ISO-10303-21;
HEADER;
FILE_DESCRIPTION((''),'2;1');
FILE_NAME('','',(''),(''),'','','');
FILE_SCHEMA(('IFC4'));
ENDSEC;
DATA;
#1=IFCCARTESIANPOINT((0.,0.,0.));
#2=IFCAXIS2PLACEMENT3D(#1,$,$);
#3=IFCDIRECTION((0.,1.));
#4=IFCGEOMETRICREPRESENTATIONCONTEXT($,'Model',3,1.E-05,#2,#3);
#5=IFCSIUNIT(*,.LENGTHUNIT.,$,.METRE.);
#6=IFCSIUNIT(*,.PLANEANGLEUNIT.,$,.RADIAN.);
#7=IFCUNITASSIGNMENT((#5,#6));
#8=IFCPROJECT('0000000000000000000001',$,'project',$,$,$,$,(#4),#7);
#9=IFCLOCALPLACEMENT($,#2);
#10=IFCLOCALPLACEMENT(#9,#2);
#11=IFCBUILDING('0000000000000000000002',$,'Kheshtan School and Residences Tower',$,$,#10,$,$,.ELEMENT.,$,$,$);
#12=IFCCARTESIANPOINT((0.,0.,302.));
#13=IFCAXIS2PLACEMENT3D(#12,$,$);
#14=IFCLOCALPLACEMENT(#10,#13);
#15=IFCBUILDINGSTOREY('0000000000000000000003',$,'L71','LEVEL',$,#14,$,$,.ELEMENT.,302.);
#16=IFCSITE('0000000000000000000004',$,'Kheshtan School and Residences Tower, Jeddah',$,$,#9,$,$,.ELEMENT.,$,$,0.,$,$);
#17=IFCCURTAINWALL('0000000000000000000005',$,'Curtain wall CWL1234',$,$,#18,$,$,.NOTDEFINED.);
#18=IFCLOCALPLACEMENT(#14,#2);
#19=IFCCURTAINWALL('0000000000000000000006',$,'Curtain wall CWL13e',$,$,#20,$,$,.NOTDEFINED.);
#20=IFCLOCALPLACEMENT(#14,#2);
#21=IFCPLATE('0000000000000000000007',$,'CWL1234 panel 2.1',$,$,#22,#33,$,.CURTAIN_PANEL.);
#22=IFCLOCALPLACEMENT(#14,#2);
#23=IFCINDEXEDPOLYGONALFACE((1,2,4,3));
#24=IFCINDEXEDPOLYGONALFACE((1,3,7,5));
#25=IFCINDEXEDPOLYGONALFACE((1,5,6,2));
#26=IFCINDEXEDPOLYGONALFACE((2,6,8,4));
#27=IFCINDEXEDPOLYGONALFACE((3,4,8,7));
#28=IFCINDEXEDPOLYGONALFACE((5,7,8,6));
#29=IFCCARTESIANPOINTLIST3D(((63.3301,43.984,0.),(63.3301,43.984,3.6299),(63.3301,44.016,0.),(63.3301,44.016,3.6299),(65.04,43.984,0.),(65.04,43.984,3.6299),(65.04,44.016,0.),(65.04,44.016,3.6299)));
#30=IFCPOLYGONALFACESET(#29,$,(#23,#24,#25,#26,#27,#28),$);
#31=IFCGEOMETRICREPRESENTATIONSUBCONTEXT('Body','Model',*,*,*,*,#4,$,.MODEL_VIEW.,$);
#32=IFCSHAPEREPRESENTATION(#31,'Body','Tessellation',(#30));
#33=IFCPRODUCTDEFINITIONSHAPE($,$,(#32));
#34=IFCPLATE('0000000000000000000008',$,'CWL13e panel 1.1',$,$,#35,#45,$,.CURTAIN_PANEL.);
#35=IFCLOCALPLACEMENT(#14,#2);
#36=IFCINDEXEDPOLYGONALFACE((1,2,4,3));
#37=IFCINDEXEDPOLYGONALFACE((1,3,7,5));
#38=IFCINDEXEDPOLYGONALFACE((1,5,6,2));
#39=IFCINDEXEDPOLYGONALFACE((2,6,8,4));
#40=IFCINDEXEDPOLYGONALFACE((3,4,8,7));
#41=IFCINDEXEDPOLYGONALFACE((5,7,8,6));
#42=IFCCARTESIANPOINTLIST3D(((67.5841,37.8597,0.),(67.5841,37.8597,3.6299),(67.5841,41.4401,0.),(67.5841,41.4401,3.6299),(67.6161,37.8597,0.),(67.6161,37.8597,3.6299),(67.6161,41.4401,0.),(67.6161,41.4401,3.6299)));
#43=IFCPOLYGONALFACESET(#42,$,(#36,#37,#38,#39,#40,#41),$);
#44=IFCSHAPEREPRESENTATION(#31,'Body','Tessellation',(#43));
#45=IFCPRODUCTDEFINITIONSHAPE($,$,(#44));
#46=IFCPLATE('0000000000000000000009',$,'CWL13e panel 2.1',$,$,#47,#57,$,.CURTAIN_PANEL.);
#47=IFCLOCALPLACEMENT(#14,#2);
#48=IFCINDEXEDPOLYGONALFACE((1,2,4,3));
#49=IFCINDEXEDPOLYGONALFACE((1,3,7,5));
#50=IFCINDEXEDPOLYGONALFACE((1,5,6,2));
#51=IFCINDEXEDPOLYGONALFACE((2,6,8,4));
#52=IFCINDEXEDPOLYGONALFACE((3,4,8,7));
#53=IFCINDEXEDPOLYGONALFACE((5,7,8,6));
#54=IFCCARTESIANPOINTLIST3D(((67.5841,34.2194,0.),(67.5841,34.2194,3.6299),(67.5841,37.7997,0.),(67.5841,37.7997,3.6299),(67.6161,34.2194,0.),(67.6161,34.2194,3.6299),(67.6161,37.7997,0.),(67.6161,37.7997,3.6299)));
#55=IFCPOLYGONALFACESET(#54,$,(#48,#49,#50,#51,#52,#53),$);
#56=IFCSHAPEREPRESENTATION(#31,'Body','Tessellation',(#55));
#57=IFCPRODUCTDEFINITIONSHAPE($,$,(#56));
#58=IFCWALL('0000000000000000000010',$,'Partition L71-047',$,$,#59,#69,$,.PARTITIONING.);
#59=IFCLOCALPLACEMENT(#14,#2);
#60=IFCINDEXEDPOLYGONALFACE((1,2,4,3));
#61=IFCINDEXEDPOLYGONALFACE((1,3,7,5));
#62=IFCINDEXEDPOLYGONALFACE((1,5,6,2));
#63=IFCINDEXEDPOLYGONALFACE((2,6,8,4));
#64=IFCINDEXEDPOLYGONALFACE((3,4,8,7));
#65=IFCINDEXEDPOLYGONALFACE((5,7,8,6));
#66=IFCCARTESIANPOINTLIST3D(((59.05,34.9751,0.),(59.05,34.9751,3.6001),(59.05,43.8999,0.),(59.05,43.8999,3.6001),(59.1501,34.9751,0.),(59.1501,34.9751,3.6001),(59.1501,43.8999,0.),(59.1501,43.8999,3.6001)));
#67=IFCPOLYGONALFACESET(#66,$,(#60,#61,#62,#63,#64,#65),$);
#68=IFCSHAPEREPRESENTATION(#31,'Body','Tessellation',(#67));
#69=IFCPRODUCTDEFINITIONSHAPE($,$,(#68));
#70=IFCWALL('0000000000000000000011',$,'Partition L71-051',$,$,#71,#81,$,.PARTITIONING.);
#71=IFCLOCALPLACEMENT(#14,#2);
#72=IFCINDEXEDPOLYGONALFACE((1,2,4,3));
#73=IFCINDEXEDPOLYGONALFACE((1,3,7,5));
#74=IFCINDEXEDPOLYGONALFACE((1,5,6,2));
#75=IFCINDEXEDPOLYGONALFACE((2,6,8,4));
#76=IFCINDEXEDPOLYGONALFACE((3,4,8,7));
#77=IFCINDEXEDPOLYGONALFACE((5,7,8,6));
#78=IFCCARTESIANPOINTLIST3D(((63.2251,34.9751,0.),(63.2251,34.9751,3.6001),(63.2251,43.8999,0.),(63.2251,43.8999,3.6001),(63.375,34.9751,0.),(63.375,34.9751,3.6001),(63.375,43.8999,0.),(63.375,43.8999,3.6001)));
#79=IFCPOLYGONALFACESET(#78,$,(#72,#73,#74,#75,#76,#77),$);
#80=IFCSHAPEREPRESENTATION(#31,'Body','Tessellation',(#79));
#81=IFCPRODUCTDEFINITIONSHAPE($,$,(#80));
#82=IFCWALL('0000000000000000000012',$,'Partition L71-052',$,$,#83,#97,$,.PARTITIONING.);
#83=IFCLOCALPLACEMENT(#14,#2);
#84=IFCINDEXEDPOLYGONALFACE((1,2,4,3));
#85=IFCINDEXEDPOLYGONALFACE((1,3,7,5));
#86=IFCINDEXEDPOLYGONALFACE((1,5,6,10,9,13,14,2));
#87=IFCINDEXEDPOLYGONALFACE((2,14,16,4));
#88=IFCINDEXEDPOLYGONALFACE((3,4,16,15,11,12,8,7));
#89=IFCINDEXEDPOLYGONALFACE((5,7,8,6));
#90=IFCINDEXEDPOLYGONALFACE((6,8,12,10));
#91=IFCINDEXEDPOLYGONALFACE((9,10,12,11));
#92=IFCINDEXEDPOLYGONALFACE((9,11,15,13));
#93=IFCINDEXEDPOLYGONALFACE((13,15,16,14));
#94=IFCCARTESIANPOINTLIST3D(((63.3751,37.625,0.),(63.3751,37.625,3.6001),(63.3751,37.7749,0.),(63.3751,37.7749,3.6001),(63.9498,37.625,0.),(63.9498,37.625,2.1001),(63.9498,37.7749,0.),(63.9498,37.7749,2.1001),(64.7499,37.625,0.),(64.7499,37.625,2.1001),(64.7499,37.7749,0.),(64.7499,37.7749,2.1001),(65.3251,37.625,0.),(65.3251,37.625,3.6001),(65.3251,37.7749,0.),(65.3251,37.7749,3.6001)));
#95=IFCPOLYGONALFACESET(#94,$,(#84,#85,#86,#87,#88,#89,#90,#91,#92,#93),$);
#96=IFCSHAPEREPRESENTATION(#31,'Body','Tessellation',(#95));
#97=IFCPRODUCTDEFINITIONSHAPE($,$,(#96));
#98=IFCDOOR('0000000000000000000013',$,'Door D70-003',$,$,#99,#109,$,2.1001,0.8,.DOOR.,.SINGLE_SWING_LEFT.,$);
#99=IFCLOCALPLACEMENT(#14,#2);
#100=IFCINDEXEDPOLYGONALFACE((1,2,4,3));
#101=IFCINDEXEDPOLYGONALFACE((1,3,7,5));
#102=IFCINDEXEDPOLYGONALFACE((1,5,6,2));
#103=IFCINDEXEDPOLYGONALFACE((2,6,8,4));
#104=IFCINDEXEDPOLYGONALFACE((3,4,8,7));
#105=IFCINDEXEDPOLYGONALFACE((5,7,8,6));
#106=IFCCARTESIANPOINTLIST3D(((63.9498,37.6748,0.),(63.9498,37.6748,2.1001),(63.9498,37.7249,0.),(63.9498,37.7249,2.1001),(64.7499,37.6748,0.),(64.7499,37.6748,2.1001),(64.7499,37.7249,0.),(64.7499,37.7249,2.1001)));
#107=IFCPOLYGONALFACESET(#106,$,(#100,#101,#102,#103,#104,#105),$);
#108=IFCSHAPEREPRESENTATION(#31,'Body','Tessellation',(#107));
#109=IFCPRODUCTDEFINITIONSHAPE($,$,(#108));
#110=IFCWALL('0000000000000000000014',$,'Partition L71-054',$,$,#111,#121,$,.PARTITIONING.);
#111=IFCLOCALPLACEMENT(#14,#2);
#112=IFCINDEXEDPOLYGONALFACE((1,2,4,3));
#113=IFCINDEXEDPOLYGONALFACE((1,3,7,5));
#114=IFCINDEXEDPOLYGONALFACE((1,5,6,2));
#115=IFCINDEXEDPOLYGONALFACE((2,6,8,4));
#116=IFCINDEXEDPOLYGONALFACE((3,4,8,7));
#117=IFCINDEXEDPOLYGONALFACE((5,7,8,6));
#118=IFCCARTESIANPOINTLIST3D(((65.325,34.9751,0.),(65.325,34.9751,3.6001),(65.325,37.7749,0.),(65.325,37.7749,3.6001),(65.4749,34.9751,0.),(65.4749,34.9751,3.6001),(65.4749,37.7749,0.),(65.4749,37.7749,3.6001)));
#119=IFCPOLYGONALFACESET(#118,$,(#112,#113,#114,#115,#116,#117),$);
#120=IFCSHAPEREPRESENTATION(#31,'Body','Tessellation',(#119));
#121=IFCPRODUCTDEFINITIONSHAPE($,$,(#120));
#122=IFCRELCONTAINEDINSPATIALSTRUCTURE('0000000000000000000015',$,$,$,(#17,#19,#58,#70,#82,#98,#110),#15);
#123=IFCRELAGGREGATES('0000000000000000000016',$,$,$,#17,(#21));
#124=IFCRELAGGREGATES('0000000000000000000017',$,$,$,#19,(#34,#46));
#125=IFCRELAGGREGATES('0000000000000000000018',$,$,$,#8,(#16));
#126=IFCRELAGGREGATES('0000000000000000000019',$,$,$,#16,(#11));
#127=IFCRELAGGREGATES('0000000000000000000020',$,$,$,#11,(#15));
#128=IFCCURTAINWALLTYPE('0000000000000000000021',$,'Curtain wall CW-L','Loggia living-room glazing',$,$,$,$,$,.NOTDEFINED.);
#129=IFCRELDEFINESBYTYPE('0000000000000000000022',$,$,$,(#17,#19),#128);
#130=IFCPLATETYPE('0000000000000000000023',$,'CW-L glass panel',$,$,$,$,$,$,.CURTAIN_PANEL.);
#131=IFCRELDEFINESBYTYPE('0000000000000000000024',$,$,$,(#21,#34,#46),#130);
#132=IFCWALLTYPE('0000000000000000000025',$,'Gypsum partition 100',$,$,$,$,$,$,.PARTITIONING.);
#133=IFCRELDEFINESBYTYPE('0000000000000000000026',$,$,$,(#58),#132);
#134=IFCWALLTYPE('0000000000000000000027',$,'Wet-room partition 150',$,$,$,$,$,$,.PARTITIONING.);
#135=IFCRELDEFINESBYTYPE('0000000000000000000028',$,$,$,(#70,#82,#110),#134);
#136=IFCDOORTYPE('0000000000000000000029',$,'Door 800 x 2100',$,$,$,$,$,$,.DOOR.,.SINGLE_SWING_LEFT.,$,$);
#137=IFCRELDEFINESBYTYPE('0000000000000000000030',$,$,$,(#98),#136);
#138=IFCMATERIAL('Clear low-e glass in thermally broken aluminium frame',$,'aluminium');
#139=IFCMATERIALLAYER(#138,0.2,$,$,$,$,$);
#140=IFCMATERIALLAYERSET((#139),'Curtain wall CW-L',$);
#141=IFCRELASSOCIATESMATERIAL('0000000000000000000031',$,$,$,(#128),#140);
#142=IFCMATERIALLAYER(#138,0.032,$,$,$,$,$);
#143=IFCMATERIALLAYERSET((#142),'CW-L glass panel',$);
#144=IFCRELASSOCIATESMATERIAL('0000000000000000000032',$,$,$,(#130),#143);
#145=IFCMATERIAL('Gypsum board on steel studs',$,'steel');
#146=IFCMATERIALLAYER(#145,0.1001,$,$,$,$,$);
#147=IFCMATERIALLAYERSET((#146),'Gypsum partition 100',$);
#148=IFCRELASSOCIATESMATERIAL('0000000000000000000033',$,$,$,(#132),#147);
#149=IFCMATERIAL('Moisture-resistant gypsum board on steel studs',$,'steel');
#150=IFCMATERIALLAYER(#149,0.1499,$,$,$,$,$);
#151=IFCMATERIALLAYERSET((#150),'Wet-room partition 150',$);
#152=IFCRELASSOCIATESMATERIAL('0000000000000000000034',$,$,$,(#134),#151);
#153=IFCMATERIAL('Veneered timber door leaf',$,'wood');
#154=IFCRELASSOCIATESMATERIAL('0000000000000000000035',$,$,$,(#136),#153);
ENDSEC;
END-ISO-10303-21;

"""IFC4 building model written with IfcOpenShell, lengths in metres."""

from ifc_helpers import new_model, si_unit, direction, frame, frame_2d, origin, origin_2d, place, context, subcontext, project, spatial, rectangle, extrude, source, transform, mapped, material, layer, layer_set, type_object, element, fill, aggregate, save


model = new_model("IFC4")

# Units and contexts
model_context = context("Model", 3, precision=1e-05, world=origin(), true_north=direction((0.0, 1.0)))
body_context = subcontext(model_context, "Body", "Model", "MODEL_VIEW")
ifc_project = project(units=[si_unit("LENGTHUNIT", "METRE"), si_unit("PLANEANGLEUNIT", "RADIAN")], contexts=[model_context])

# Site, building, storey
site_placement = place(None, origin())
site = spatial("IfcSite", under=ifc_project, at=site_placement, Name="Kheshtan School and Residences Tower, Jeddah", CompositionType="ELEMENT", RefElevation=0.0)
building_placement = place(site_placement, origin())
building = spatial("IfcBuilding", under=site, at=building_placement, Name="Kheshtan School and Residences Tower", CompositionType="ELEMENT")
storey_placement = place(building_placement, frame((0.0, 0.0, 302.0)))
storey = spatial("IfcBuildingStorey", under=building, at=storey_placement, Name="L71", Description="LEVEL", CompositionType="ELEMENT", Elevation=302.0)

# Curtain walls
ifc_material_1 = material(Name="Clear low-e glass in thermally broken aluminium frame", Category="aluminium")
ifc_layer_1 = layer(ifc_material_1, 0.2)
ifc_layer_set_1 = layer_set([ifc_layer_1], Name="Curtain wall CW-L")
curtain_wall_type = type_object("IfcCurtainWallType", Name="Curtain wall CW-L", Description="Loggia living-room glazing", PredefinedType="NOTDEFINED", material=ifc_layer_set_1)
curtain_wall_1_placement = place(storey_placement, origin())
curtain_wall_1 = element("IfcCurtainWall", 1, at=curtain_wall_1_placement, inside=storey, type_object=curtain_wall_type, Name="Curtain wall CWL1234", PredefinedType="NOTDEFINED")
curtain_wall_2_placement = place(storey_placement, origin())
curtain_wall_2 = element("IfcCurtainWall", 2, at=curtain_wall_2_placement, inside=storey, type_object=curtain_wall_type, Name="Curtain wall CWL13e", PredefinedType="NOTDEFINED")

# Plates
ifc_layer_2 = layer(ifc_material_1, 0.032)
ifc_layer_set_2 = layer_set([ifc_layer_2], Name="CW-L glass panel")
plate_type = type_object("IfcPlateType", Name="CW-L glass panel", PredefinedType="CURTAIN_PANEL", material=ifc_layer_set_2)
plate_1_placement = place(storey_placement, frame((64.1851, 44.0, 0.0), z_axis=(0.0, 0.0, 1.0), x_axis=(1.0, 0.0, 0.0)))
plate_1 = element("IfcPlate", 3, at=plate_1_placement, type_object=plate_type, Name="CWL1234 panel 2.1", PredefinedType="CURTAIN_PANEL", context=body_context, shape_type="SweptSolid", body=[
    extrude(rectangle(XDim=1.71, YDim=0.032, at=origin_2d()), origin(), (0.0, 0.0, 1.0), 3.6299),
])
aggregate(curtain_wall_1, [plate_1])
plate_2_placement = place(storey_placement, frame((67.6001, 39.6499, 0.0), z_axis=(0.0, 0.0, 1.0), x_axis=(0.0, -1.0, 0.0)))
plate_2 = element("IfcPlate", 4, at=plate_2_placement, type_object=plate_type, Name="CWL13e panel 1.1", PredefinedType="CURTAIN_PANEL", context=body_context, shape_type="SweptSolid", body=[
    extrude(rectangle(XDim=3.5803, YDim=0.032, at=origin_2d()), origin(), (0.0, 0.0, 1.0), 3.6299),
])
plate_3_placement = place(storey_placement, frame((67.6001, 36.0095, 0.0), z_axis=(0.0, 0.0, 1.0), x_axis=(0.0, -1.0, 0.0)))
plate_3 = element("IfcPlate", 5, at=plate_3_placement, type_object=plate_type, Name="CWL13e panel 2.1", PredefinedType="CURTAIN_PANEL", context=body_context, shape_type="SweptSolid", body=[
    extrude(rectangle(XDim=3.5803, YDim=0.032, at=origin_2d()), origin(), (0.0, 0.0, 1.0), 3.6299),
])
aggregate(curtain_wall_2, [plate_2, plate_3])

# Walls
ifc_material_2 = material(Name="Gypsum board on steel studs", Category="steel")
ifc_layer_3 = layer(ifc_material_2, 0.1001)
ifc_layer_set_3 = layer_set([ifc_layer_3], Name="Gypsum partition 100")
wall_type_1 = type_object("IfcWallType", Name="Gypsum partition 100", PredefinedType="PARTITIONING", material=ifc_layer_set_3)
wall_1_placement = place(storey_placement, frame((59.1001, 34.9751, 0.0), z_axis=(0.0, 0.0, 1.0), x_axis=(0.0, 1.0, 0.0)))
element("IfcWall", 6, at=wall_1_placement, inside=storey, type_object=wall_type_1, Name="Partition L71-047", PredefinedType="PARTITIONING", context=body_context, shape_type="SweptSolid", body=[
    extrude(rectangle(XDim=8.9248, YDim=0.1001, at=frame_2d((4.4624, 0.0))), origin(), (0.0, 0.0, 1.0), 3.6001),
])
ifc_material_3 = material(Name="Moisture-resistant gypsum board on steel studs", Category="steel")
ifc_layer_4 = layer(ifc_material_3, 0.1499)
ifc_layer_set_4 = layer_set([ifc_layer_4], Name="Wet-room partition 150")
wall_type_2 = type_object("IfcWallType", Name="Wet-room partition 150", PredefinedType="PARTITIONING", material=ifc_layer_set_4)
wall_2_placement = place(storey_placement, frame((63.3, 34.9751, 0.0), z_axis=(0.0, 0.0, 1.0), x_axis=(0.0, 1.0, 0.0)))
element("IfcWall", 7, at=wall_2_placement, inside=storey, type_object=wall_type_2, Name="Partition L71-051", PredefinedType="PARTITIONING", context=body_context, shape_type="SweptSolid", body=[
    extrude(rectangle(XDim=8.9248, YDim=0.1499, at=frame_2d((4.4624, 0.0))), origin(), (0.0, 0.0, 1.0), 3.6001),
])

# Wall, opening, door
wall_3_placement = place(storey_placement, frame((63.375, 37.7, 0.0), z_axis=(0.0, 0.0, 1.0), x_axis=(1.0, 0.0, 0.0)))
wall_3 = element("IfcWall", 8, at=wall_3_placement, inside=storey, type_object=wall_type_2, Name="Partition L71-052", PredefinedType="PARTITIONING", context=body_context, shape_type="SweptSolid", body=[
    extrude(rectangle(XDim=1.95, YDim=0.1499, at=frame_2d((0.9751, 0.0))), origin(), (0.0, 0.0, 1.0), 3.6001),
])
opening_1_placement = place(wall_3_placement, frame((0.575, 0.0, 0.0)))
opening_1 = element("IfcOpeningElement", 9, at=opening_1_placement, cuts=wall_3, PredefinedType="OPENING", context=body_context, shape_type="SweptSolid", body=[
    extrude(rectangle(XDim=0.8, YDim=2.1001, at=frame_2d((0.3999, 1.05))), frame((0.0, 0.085, 0.0), z_axis=(0.0, -1.0, 0.0), x_axis=(1.0, 0.0, 0.0)), (0.0, 0.0, 1.0), 0.1699),
])
ifc_material_4 = material(Name="Veneered timber door leaf", Category="wood")
door_type_1 = type_object("IfcDoorType", Name="Door 800 x 2100", OperationType="SINGLE_SWING_LEFT", PredefinedType="DOOR", material=ifc_material_4)
shared_shape_1 = source(origin(), body_context, "Body", "SweptSolid", [
    extrude(rectangle(XDim=0.8, YDim=2.1001, at=frame_2d((0.3999, 1.05))), frame((0.0, 0.0249, 0.0), z_axis=(0.0, -1.0, 0.0), x_axis=(1.0, 0.0, 0.0)), (0.0, 0.0, 1.0), 0.05),
])
door_1_placement = place(opening_1_placement, origin())
door_1 = element("IfcDoor", 10, at=door_1_placement, inside=storey, type_object=door_type_1, Name="Door D70-003", OperationType="SINGLE_SWING_LEFT", OverallHeight=2.1001, OverallWidth=0.8, PredefinedType="DOOR", context=body_context, shape_type="MappedRepresentation", body=[
    mapped(shared_shape_1, transform((0.0, 0.0, 0.0), x_axis=(1.0, 0.0, 0.0), y_axis=(0.0, 1.0, 0.0), z_axis=(0.0, 0.0, 1.0), scale=1.0)),
])
fill(opening_1, door_1)

# Wall
wall_4_placement = place(storey_placement, frame((65.3999, 34.9751, 0.0), z_axis=(0.0, 0.0, 1.0), x_axis=(0.0, 1.0, 0.0)))
element("IfcWall", 11, at=wall_4_placement, inside=storey, type_object=wall_type_2, Name="Partition L71-054", PredefinedType="PARTITIONING", context=body_context, shape_type="SweptSolid", body=[
    extrude(rectangle(XDim=2.7998, YDim=0.1499, at=frame_2d((1.3999, 0.0))), origin(), (0.0, 0.0, 1.0), 3.6001),
])

save(model, "model.ifc")
